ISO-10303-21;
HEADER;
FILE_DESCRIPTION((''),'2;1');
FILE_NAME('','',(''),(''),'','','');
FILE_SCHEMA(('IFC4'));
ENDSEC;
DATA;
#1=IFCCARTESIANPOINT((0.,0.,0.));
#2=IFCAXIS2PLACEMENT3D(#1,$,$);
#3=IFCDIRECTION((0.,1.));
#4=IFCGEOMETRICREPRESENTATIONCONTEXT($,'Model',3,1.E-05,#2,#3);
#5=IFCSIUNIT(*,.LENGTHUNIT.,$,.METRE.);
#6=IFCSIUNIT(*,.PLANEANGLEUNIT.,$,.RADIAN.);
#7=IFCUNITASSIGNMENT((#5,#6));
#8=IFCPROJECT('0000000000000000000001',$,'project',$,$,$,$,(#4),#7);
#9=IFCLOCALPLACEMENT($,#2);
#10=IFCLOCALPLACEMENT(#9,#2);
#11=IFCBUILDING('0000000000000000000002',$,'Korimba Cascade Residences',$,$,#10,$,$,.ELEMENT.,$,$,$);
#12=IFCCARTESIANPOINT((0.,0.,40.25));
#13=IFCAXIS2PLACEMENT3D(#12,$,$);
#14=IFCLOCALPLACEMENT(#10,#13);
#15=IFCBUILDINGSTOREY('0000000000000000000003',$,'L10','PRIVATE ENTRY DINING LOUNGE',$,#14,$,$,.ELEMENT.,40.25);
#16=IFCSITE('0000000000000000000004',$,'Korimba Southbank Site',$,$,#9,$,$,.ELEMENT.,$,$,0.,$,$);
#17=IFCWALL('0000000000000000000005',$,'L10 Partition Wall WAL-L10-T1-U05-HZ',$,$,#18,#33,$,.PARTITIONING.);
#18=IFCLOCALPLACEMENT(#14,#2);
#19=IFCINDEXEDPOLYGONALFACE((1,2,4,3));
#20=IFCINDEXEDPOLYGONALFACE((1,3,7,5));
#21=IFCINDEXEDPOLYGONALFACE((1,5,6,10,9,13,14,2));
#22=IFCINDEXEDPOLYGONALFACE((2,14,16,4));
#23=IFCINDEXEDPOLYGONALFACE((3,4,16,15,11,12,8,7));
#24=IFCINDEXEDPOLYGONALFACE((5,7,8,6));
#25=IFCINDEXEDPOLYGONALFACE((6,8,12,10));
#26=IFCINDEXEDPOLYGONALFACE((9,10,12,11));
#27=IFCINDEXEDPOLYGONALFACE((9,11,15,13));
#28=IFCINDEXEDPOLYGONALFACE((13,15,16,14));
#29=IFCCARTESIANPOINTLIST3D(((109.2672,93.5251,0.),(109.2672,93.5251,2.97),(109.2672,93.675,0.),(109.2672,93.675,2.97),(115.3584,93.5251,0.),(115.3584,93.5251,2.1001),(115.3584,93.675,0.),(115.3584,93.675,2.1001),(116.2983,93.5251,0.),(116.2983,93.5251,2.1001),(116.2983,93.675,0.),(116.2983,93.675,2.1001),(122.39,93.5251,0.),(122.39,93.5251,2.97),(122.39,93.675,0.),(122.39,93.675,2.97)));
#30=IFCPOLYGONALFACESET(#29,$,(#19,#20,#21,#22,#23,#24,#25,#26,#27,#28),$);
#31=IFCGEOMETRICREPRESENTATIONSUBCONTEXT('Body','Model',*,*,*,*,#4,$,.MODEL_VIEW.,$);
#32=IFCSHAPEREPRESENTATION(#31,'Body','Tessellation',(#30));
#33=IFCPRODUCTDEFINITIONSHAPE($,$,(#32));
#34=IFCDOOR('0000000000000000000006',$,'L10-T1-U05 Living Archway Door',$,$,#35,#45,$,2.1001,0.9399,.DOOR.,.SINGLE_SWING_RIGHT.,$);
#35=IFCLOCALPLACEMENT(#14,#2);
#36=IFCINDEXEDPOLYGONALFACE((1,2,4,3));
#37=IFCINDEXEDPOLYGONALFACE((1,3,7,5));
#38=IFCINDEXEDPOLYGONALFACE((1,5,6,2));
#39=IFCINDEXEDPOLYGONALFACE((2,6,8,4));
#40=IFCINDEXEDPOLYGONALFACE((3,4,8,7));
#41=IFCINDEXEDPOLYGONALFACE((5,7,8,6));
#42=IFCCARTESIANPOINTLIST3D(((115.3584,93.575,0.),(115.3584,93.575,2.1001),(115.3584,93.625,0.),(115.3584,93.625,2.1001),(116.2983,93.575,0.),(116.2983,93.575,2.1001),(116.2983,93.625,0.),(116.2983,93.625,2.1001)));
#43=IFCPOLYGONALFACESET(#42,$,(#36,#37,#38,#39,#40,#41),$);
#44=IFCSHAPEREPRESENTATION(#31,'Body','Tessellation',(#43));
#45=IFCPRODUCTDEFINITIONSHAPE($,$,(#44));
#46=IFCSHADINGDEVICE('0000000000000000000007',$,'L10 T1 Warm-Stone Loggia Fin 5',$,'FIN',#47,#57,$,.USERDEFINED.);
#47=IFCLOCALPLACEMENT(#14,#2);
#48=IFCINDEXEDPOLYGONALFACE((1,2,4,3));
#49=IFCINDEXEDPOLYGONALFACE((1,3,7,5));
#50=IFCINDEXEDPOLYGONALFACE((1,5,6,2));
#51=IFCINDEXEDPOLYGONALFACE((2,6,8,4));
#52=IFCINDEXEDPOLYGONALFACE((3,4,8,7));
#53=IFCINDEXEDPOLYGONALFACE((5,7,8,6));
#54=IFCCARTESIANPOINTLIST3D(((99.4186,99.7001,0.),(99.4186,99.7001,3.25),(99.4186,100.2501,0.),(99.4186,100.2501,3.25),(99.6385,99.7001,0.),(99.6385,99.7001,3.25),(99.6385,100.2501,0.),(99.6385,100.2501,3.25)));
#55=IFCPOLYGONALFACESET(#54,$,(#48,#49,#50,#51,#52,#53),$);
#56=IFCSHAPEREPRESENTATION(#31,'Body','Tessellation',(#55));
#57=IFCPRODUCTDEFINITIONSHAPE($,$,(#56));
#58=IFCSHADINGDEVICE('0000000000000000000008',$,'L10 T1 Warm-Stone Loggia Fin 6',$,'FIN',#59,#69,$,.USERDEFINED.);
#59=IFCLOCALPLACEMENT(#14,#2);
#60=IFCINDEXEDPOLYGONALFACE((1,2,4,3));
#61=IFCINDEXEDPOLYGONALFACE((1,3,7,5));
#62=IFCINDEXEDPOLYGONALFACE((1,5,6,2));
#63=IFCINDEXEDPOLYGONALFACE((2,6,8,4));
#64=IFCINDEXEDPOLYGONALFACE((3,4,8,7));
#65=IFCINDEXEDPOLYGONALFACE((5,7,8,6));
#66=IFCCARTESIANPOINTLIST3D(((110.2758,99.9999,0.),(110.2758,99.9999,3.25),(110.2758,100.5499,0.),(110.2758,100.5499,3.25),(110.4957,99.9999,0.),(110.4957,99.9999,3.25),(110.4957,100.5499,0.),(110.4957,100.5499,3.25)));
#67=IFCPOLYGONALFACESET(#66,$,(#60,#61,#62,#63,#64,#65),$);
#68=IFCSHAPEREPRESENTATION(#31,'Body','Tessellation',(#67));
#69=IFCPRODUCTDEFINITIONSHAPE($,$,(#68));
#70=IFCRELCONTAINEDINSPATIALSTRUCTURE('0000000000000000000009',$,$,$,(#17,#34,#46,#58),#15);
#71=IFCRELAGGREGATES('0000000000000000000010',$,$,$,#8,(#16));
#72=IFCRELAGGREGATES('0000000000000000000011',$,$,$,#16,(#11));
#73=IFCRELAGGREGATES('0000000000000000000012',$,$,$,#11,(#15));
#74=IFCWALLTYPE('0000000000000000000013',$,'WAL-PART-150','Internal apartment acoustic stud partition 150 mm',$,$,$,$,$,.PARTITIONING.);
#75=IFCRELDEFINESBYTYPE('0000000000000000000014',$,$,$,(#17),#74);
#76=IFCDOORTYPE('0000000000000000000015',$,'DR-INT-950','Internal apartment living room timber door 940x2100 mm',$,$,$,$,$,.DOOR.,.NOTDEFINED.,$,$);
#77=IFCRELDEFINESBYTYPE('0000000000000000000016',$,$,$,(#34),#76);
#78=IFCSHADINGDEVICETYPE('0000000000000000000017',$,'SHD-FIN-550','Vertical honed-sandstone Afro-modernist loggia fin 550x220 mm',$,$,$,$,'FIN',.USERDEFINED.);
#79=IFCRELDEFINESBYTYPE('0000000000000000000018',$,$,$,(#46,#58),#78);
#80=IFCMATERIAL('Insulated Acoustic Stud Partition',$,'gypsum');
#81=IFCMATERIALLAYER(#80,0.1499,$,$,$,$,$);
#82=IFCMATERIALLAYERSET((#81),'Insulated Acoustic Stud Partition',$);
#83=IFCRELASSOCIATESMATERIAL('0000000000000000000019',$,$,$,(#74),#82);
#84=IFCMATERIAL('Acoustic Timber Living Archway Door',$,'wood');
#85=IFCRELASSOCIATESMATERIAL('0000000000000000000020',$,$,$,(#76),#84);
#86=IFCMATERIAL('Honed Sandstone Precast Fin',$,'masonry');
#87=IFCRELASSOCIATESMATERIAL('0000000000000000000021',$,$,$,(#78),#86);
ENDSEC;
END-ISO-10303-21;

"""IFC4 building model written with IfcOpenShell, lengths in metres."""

from ifc_helpers import new_model, si_unit, direction, frame, frame_2d, origin, origin_2d, place, context, subcontext, project, spatial, rectangle, extrude, material, layer, layer_set, type_object, element, fill, save


model = new_model("IFC4")

# Units and contexts
model_context = context("Model", 3, precision=1e-05, world=origin(), true_north=direction((0.0, 1.0)))
body_context = subcontext(model_context, "Body", "Model", "MODEL_VIEW")
ifc_project = project(units=[si_unit("LENGTHUNIT", "METRE"), si_unit("PLANEANGLEUNIT", "RADIAN")], contexts=[model_context])

# Site, building, storey
site_placement = place(None, origin())
site = spatial("IfcSite", under=ifc_project, at=site_placement, Name="Korimba Southbank Site", CompositionType="ELEMENT", RefElevation=0.0)
building_placement = place(site_placement, origin())
building = spatial("IfcBuilding", under=site, at=building_placement, Name="Korimba Cascade Residences", CompositionType="ELEMENT")
storey_placement = place(building_placement, frame((0.0, 0.0, 40.25)))
storey = spatial("IfcBuildingStorey", under=building, at=storey_placement, Name="L10", Description="PRIVATE ENTRY DINING LOUNGE", CompositionType="ELEMENT", Elevation=40.25)

# Shared definitions
ifc_material_1 = material(Name="Insulated Acoustic Stud Partition", Category="gypsum")
ifc_layer = layer(ifc_material_1, 0.1499)
ifc_layer_set = layer_set([ifc_layer], Name="Insulated Acoustic Stud Partition")
wall_type = type_object("IfcWallType", Name="WAL-PART-150", Description="Internal apartment acoustic stud partition 150 mm", PredefinedType="PARTITIONING", material=ifc_layer_set)

# Wall, opening, door
ifc_material_2 = material(Name="Acoustic Timber Living Archway Door", Category="wood")
door_type_1 = type_object("IfcDoorType", Name="DR-INT-950", Description="Internal apartment living room timber door 940x2100 mm", OperationType="NOTDEFINED", PredefinedType="DOOR", material=ifc_material_2)
wall_1_placement = place(storey_placement, frame((109.2671, 93.6001, 0.0), z_axis=(0.0, 0.0, 1.0), x_axis=(1.0, 0.0, 0.0)))
wall_1 = element("IfcWall", 1, at=wall_1_placement, inside=storey, type_object=wall_type, Name="L10 Partition Wall WAL-L10-T1-U05-HZ", PredefinedType="PARTITIONING", context=body_context, shape_type="SweptSolid", body=[
    extrude(rectangle(XDim=13.1228, YDim=0.1499, at=frame_2d((6.5615, 0.0))), origin(), (0.0, 0.0, 1.0), 2.97),
])
opening_1_placement = place(wall_1_placement, frame((6.0913, 0.0, 0.0)))
opening_1 = element("IfcOpeningElement", 2, at=opening_1_placement, cuts=wall_1, PredefinedType="OPENING", context=body_context, shape_type="SweptSolid", body=[
    extrude(rectangle(XDim=0.9399, YDim=2.1001, at=frame_2d((0.47, 1.05))), frame((0.0, 0.085, 0.0), z_axis=(0.0, -1.0, 0.0), x_axis=(1.0, 0.0, 0.0)), (0.0, 0.0, 1.0), 0.1699),
])
door_1_placement = place(opening_1_placement, origin())
door_1 = element("IfcDoor", 3, at=door_1_placement, inside=storey, type_object=door_type_1, Name="L10-T1-U05 Living Archway Door", OperationType="SINGLE_SWING_RIGHT", OverallHeight=2.1001, OverallWidth=0.9399, PredefinedType="DOOR", context=body_context, shape_type="SweptSolid", body=[
    extrude(rectangle(XDim=0.9399, YDim=2.1001, at=frame_2d((0.47, 1.05))), frame((0.0, 0.0249, 0.0), z_axis=(0.0, -1.0, 0.0), x_axis=(1.0, 0.0, 0.0)), (0.0, 0.0, 1.0), 0.05),
])
fill(opening_1, door_1)

# Shading devices
ifc_material_3 = material(Name="Honed Sandstone Precast Fin", Category="masonry")
shading_device_type = type_object("IfcShadingDeviceType", Name="SHD-FIN-550", Description="Vertical honed-sandstone Afro-modernist loggia fin 550x220 mm", ElementType="FIN", PredefinedType="USERDEFINED", material=ifc_material_3)
for number, where, z_axis, x_axis, name in (
    (4, (99.5286, 99.9751, 0.0), (0.0, 0.0, 1.0), (1.0, 0.0, 0.0), "L10 T1 Warm-Stone Loggia Fin 5"),
    (5, (110.3857, 100.2749, 0.0), (0.0, 0.0, 1.0), (1.0, 0.0, 0.0), "L10 T1 Warm-Stone Loggia Fin 6"),
):
    element("IfcShadingDevice", number, at=place(storey_placement, frame(where, z_axis=z_axis, x_axis=x_axis)), inside=storey, type_object=shading_device_type, Name=name, ObjectType="FIN", PredefinedType="USERDEFINED", context=body_context, shape_type="SweptSolid", body=[
        extrude(rectangle(XDim=0.22, YDim=0.55, at=origin_2d()), origin(), (0.0, 0.0, 1.0), 3.25),
    ])

save(model, "model.ifc")
